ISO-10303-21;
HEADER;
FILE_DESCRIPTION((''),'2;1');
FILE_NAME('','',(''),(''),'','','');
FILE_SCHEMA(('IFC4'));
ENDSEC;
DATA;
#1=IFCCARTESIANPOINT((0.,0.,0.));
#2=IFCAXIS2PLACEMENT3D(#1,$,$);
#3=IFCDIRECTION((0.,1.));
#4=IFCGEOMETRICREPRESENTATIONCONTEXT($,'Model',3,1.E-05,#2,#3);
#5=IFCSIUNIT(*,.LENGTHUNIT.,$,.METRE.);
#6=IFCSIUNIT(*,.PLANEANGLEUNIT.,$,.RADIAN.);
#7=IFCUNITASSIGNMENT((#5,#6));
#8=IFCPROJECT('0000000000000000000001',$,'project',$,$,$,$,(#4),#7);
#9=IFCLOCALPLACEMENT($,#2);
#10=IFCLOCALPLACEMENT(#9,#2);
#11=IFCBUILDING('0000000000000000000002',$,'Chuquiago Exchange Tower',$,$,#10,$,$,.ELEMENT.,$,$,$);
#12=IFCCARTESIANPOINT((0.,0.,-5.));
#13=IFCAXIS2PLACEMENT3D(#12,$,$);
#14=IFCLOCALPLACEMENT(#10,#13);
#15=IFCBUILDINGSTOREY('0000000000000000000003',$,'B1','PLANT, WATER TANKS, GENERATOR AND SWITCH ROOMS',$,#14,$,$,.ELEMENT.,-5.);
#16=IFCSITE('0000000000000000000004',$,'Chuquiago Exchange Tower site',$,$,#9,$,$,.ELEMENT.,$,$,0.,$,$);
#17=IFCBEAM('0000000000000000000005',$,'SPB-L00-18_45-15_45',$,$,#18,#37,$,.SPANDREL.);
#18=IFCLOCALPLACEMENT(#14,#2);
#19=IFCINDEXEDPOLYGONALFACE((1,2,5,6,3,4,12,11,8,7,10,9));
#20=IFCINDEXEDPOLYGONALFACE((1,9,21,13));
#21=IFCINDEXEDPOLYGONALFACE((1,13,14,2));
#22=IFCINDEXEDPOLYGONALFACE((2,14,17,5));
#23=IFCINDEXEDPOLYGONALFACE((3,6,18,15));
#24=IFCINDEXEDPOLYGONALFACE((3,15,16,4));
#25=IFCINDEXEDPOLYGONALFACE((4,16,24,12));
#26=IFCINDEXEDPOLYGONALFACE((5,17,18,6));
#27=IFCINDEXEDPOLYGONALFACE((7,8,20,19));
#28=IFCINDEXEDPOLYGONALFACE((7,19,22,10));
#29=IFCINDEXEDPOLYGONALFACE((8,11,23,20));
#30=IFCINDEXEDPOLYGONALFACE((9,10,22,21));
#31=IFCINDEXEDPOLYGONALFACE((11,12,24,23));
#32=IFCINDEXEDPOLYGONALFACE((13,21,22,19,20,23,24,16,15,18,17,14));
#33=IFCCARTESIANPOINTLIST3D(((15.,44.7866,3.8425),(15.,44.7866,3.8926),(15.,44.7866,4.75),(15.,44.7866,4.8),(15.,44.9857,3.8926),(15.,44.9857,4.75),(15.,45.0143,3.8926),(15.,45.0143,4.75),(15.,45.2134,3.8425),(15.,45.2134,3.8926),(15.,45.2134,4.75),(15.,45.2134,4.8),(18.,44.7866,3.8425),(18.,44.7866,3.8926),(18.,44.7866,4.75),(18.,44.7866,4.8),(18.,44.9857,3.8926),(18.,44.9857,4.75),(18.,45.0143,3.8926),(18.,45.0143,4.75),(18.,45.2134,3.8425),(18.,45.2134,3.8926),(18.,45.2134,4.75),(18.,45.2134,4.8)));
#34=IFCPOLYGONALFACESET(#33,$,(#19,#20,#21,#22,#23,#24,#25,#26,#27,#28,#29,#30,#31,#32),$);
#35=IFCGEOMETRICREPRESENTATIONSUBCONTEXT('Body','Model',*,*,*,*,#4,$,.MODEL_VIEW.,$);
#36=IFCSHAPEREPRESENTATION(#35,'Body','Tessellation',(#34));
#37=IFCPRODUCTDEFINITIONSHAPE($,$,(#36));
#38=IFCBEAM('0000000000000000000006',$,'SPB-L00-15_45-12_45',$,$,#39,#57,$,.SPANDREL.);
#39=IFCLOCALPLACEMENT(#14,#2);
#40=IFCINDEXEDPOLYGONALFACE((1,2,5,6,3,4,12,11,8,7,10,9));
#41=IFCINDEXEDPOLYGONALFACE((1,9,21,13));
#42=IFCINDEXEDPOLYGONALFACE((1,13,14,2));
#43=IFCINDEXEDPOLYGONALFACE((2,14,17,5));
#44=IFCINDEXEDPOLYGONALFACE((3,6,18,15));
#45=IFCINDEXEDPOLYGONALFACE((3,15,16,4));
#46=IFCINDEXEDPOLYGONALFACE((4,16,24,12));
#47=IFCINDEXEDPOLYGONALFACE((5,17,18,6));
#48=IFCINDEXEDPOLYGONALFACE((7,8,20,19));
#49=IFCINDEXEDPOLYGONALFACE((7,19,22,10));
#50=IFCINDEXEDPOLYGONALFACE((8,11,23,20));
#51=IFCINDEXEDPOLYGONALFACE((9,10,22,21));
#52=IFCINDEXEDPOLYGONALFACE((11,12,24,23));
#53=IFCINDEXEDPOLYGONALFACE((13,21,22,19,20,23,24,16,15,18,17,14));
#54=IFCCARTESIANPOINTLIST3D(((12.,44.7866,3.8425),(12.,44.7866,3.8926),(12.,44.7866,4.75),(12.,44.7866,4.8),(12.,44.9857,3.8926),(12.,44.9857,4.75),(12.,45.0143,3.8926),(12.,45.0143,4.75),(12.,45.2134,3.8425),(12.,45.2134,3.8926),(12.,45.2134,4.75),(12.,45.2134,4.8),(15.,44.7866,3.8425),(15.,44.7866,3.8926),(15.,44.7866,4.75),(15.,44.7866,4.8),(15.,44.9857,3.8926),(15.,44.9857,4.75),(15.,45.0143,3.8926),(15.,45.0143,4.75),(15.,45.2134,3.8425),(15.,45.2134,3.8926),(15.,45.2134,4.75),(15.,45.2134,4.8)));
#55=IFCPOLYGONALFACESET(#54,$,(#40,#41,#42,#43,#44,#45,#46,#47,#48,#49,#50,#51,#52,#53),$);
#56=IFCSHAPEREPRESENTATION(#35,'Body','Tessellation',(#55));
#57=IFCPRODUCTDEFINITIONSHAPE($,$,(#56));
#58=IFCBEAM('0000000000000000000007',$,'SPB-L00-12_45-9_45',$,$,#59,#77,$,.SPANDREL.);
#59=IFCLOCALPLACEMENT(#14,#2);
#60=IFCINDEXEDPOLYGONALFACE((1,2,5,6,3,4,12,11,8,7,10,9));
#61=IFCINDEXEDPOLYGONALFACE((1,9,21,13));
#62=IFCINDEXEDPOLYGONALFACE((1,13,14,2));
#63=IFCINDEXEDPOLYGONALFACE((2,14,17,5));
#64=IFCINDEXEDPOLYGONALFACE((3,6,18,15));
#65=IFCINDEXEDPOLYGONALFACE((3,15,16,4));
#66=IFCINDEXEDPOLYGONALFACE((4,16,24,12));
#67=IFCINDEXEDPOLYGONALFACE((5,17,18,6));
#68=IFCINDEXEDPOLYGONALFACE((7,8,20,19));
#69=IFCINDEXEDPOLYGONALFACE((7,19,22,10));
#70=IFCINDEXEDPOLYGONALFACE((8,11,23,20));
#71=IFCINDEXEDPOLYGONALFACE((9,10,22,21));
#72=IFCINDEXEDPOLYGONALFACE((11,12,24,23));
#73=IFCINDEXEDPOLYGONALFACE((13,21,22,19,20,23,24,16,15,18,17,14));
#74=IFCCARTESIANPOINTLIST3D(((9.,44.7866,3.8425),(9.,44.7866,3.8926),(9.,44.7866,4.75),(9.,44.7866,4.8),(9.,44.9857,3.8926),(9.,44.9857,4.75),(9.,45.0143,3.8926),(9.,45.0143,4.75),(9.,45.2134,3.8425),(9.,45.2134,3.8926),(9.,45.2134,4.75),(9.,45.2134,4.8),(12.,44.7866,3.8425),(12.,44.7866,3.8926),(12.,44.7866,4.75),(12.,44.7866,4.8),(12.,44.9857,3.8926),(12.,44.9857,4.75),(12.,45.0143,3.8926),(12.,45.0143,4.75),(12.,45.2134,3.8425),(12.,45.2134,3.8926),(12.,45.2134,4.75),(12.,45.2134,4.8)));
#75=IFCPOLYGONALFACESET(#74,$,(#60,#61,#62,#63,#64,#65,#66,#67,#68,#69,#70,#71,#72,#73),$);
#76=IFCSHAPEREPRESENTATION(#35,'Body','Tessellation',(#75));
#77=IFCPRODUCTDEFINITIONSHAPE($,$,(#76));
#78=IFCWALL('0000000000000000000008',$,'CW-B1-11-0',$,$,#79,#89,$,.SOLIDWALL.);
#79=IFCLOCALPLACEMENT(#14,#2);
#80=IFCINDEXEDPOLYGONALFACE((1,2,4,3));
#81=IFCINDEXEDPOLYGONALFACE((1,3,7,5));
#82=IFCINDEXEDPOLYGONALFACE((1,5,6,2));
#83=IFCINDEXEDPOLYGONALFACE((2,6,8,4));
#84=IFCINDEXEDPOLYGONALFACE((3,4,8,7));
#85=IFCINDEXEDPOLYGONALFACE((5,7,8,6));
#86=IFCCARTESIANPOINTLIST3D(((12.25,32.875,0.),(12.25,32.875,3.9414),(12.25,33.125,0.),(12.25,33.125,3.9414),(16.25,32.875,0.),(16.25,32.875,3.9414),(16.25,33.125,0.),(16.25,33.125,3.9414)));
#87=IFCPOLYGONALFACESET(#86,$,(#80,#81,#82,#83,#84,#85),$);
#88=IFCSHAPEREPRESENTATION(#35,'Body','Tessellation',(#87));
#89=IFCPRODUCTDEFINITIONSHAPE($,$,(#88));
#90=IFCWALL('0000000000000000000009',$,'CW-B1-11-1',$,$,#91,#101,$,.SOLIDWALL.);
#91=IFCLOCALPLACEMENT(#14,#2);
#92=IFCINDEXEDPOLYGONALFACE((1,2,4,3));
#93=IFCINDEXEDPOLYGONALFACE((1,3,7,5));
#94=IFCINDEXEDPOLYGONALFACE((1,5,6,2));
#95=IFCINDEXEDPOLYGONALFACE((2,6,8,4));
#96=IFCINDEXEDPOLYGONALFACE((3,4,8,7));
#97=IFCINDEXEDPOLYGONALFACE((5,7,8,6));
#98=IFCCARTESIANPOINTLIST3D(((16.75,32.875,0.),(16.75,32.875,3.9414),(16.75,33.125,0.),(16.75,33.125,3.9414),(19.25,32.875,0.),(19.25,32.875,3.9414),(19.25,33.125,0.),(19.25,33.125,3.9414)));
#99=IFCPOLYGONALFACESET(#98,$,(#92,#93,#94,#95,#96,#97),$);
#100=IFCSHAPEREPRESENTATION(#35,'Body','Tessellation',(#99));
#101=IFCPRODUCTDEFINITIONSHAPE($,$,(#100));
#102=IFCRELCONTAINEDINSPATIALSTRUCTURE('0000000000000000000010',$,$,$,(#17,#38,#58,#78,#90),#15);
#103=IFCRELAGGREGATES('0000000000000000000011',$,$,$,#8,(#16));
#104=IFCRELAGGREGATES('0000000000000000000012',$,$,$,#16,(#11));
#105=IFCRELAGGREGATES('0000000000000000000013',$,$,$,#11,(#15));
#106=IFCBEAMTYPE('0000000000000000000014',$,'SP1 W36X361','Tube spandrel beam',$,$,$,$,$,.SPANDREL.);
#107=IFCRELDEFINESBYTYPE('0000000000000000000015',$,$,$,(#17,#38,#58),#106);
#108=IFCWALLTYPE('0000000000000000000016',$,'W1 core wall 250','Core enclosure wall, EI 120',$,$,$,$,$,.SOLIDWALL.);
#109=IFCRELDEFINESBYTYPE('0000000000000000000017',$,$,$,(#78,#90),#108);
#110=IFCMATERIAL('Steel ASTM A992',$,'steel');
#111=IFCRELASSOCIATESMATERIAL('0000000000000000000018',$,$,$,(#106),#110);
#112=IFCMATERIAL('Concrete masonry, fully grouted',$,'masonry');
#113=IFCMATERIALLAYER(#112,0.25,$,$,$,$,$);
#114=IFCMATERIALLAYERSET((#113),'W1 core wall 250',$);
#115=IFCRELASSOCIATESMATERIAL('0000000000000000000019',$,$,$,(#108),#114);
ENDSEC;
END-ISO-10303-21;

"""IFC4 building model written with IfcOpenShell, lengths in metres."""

from ifc_helpers import new_model, si_unit, direction, frame, frame_2d, origin, origin_2d, place, context, subcontext, project, spatial, rectangle, i_section, extrude, material, layer, layer_set, material_profile, profile_set, type_object, element, save


model = new_model("IFC4")

# Units and contexts
model_context = context("Model", 3, precision=1e-05, world=origin(), true_north=direction((0.0, 1.0)))
body_context = subcontext(model_context, "Body", "Model", "MODEL_VIEW")
ifc_project = project(units=[si_unit("LENGTHUNIT", "METRE"), si_unit("PLANEANGLEUNIT", "RADIAN")], contexts=[model_context])

# Site, building, storey
site_placement = place(None, origin())
site = spatial("IfcSite", under=ifc_project, at=site_placement, Name="Chuquiago Exchange Tower site", CompositionType="ELEMENT", RefElevation=0.0)
building_placement = place(site_placement, origin())
building = spatial("IfcBuilding", under=site, at=building_placement, Name="Chuquiago Exchange Tower", CompositionType="ELEMENT")
storey_placement = place(building_placement, frame((0.0, 0.0, -5.0)))
storey = spatial("IfcBuildingStorey", under=building, at=storey_placement, Name="B1", Description="PLANT, WATER TANKS, GENERATOR AND SWITCH ROOMS", CompositionType="ELEMENT", Elevation=-5.0)

# Beams
ifc_material_1 = material(Name="Steel ASTM A992", Category="steel")
ifc_material_profile_1 = material_profile(ifc_material_1, i_section(OverallWidth=0.4268, OverallDepth=0.9575, WebThickness=0.0286, FlangeThickness=0.05, at=origin_2d()), Name="W36X361")
ifc_profile_set_1 = profile_set([ifc_material_profile_1], Name="Steel ASTM A992")
beam_type_1 = type_object("IfcBeamType", Name="SP1 W36X361", Description="Tube spandrel beam", PredefinedType="SPANDREL", material=ifc_profile_set_1)
for number, where, z_axis, x_axis, name in (
    (1, (18.0, 45.0, 4.3213), (-1.0, 0.0, 0.0), (0.0, -1.0, 0.0), "SPB-L00-18_45-15_45"),
    (2, (15.0, 45.0, 4.3213), (-1.0, 0.0, 0.0), (0.0, -1.0, 0.0), "SPB-L00-15_45-12_45"),
    (3, (12.0, 45.0, 4.3213), (-1.0, 0.0, 0.0), (0.0, -1.0, 0.0), "SPB-L00-12_45-9_45"),
):
    element("IfcBeam", number, at=place(storey_placement, frame(where, z_axis=z_axis, x_axis=x_axis)), inside=storey, type_object=beam_type_1, Name=name, PredefinedType="SPANDREL", context=body_context, shape_type="SweptSolid", body=[
        extrude(i_section(OverallWidth=0.4268, OverallDepth=0.9575, WebThickness=0.0286, FlangeThickness=0.05, at=origin_2d()), origin(), (0.0, 0.0, 1.0), 3.0),
    ])

# Walls
ifc_material_2 = material(Name="Concrete masonry, fully grouted", Category="masonry")
ifc_layer = layer(ifc_material_2, 0.25)
ifc_layer_set = layer_set([ifc_layer], Name="W1 core wall 250")
wall_type = type_object("IfcWallType", Name="W1 core wall 250", Description="Core enclosure wall, EI 120", PredefinedType="SOLIDWALL", material=ifc_layer_set)
wall_1_placement = place(storey_placement, frame((12.25, 33.0, 0.0), z_axis=(0.0, 0.0, 1.0), x_axis=(1.0, 0.0, 0.0)))
element("IfcWall", 4, at=wall_1_placement, inside=storey, type_object=wall_type, Name="CW-B1-11-0", PredefinedType="SOLIDWALL", context=body_context, shape_type="SweptSolid", body=[
    extrude(rectangle(XDim=4.0, YDim=0.25, at=frame_2d((2.0, 0.0))), origin(), (0.0, 0.0, 1.0), 3.9414),
])
wall_2_placement = place(storey_placement, frame((16.75, 33.0, 0.0), z_axis=(0.0, 0.0, 1.0), x_axis=(1.0, 0.0, 0.0)))
element("IfcWall", 5, at=wall_2_placement, inside=storey, type_object=wall_type, Name="CW-B1-11-1", PredefinedType="SOLIDWALL", context=body_context, shape_type="SweptSolid", body=[
    extrude(rectangle(XDim=2.5, YDim=0.25, at=frame_2d((1.25, 0.0))), origin(), (0.0, 0.0, 1.0), 3.9414),
])

save(model, "model.ifc")
